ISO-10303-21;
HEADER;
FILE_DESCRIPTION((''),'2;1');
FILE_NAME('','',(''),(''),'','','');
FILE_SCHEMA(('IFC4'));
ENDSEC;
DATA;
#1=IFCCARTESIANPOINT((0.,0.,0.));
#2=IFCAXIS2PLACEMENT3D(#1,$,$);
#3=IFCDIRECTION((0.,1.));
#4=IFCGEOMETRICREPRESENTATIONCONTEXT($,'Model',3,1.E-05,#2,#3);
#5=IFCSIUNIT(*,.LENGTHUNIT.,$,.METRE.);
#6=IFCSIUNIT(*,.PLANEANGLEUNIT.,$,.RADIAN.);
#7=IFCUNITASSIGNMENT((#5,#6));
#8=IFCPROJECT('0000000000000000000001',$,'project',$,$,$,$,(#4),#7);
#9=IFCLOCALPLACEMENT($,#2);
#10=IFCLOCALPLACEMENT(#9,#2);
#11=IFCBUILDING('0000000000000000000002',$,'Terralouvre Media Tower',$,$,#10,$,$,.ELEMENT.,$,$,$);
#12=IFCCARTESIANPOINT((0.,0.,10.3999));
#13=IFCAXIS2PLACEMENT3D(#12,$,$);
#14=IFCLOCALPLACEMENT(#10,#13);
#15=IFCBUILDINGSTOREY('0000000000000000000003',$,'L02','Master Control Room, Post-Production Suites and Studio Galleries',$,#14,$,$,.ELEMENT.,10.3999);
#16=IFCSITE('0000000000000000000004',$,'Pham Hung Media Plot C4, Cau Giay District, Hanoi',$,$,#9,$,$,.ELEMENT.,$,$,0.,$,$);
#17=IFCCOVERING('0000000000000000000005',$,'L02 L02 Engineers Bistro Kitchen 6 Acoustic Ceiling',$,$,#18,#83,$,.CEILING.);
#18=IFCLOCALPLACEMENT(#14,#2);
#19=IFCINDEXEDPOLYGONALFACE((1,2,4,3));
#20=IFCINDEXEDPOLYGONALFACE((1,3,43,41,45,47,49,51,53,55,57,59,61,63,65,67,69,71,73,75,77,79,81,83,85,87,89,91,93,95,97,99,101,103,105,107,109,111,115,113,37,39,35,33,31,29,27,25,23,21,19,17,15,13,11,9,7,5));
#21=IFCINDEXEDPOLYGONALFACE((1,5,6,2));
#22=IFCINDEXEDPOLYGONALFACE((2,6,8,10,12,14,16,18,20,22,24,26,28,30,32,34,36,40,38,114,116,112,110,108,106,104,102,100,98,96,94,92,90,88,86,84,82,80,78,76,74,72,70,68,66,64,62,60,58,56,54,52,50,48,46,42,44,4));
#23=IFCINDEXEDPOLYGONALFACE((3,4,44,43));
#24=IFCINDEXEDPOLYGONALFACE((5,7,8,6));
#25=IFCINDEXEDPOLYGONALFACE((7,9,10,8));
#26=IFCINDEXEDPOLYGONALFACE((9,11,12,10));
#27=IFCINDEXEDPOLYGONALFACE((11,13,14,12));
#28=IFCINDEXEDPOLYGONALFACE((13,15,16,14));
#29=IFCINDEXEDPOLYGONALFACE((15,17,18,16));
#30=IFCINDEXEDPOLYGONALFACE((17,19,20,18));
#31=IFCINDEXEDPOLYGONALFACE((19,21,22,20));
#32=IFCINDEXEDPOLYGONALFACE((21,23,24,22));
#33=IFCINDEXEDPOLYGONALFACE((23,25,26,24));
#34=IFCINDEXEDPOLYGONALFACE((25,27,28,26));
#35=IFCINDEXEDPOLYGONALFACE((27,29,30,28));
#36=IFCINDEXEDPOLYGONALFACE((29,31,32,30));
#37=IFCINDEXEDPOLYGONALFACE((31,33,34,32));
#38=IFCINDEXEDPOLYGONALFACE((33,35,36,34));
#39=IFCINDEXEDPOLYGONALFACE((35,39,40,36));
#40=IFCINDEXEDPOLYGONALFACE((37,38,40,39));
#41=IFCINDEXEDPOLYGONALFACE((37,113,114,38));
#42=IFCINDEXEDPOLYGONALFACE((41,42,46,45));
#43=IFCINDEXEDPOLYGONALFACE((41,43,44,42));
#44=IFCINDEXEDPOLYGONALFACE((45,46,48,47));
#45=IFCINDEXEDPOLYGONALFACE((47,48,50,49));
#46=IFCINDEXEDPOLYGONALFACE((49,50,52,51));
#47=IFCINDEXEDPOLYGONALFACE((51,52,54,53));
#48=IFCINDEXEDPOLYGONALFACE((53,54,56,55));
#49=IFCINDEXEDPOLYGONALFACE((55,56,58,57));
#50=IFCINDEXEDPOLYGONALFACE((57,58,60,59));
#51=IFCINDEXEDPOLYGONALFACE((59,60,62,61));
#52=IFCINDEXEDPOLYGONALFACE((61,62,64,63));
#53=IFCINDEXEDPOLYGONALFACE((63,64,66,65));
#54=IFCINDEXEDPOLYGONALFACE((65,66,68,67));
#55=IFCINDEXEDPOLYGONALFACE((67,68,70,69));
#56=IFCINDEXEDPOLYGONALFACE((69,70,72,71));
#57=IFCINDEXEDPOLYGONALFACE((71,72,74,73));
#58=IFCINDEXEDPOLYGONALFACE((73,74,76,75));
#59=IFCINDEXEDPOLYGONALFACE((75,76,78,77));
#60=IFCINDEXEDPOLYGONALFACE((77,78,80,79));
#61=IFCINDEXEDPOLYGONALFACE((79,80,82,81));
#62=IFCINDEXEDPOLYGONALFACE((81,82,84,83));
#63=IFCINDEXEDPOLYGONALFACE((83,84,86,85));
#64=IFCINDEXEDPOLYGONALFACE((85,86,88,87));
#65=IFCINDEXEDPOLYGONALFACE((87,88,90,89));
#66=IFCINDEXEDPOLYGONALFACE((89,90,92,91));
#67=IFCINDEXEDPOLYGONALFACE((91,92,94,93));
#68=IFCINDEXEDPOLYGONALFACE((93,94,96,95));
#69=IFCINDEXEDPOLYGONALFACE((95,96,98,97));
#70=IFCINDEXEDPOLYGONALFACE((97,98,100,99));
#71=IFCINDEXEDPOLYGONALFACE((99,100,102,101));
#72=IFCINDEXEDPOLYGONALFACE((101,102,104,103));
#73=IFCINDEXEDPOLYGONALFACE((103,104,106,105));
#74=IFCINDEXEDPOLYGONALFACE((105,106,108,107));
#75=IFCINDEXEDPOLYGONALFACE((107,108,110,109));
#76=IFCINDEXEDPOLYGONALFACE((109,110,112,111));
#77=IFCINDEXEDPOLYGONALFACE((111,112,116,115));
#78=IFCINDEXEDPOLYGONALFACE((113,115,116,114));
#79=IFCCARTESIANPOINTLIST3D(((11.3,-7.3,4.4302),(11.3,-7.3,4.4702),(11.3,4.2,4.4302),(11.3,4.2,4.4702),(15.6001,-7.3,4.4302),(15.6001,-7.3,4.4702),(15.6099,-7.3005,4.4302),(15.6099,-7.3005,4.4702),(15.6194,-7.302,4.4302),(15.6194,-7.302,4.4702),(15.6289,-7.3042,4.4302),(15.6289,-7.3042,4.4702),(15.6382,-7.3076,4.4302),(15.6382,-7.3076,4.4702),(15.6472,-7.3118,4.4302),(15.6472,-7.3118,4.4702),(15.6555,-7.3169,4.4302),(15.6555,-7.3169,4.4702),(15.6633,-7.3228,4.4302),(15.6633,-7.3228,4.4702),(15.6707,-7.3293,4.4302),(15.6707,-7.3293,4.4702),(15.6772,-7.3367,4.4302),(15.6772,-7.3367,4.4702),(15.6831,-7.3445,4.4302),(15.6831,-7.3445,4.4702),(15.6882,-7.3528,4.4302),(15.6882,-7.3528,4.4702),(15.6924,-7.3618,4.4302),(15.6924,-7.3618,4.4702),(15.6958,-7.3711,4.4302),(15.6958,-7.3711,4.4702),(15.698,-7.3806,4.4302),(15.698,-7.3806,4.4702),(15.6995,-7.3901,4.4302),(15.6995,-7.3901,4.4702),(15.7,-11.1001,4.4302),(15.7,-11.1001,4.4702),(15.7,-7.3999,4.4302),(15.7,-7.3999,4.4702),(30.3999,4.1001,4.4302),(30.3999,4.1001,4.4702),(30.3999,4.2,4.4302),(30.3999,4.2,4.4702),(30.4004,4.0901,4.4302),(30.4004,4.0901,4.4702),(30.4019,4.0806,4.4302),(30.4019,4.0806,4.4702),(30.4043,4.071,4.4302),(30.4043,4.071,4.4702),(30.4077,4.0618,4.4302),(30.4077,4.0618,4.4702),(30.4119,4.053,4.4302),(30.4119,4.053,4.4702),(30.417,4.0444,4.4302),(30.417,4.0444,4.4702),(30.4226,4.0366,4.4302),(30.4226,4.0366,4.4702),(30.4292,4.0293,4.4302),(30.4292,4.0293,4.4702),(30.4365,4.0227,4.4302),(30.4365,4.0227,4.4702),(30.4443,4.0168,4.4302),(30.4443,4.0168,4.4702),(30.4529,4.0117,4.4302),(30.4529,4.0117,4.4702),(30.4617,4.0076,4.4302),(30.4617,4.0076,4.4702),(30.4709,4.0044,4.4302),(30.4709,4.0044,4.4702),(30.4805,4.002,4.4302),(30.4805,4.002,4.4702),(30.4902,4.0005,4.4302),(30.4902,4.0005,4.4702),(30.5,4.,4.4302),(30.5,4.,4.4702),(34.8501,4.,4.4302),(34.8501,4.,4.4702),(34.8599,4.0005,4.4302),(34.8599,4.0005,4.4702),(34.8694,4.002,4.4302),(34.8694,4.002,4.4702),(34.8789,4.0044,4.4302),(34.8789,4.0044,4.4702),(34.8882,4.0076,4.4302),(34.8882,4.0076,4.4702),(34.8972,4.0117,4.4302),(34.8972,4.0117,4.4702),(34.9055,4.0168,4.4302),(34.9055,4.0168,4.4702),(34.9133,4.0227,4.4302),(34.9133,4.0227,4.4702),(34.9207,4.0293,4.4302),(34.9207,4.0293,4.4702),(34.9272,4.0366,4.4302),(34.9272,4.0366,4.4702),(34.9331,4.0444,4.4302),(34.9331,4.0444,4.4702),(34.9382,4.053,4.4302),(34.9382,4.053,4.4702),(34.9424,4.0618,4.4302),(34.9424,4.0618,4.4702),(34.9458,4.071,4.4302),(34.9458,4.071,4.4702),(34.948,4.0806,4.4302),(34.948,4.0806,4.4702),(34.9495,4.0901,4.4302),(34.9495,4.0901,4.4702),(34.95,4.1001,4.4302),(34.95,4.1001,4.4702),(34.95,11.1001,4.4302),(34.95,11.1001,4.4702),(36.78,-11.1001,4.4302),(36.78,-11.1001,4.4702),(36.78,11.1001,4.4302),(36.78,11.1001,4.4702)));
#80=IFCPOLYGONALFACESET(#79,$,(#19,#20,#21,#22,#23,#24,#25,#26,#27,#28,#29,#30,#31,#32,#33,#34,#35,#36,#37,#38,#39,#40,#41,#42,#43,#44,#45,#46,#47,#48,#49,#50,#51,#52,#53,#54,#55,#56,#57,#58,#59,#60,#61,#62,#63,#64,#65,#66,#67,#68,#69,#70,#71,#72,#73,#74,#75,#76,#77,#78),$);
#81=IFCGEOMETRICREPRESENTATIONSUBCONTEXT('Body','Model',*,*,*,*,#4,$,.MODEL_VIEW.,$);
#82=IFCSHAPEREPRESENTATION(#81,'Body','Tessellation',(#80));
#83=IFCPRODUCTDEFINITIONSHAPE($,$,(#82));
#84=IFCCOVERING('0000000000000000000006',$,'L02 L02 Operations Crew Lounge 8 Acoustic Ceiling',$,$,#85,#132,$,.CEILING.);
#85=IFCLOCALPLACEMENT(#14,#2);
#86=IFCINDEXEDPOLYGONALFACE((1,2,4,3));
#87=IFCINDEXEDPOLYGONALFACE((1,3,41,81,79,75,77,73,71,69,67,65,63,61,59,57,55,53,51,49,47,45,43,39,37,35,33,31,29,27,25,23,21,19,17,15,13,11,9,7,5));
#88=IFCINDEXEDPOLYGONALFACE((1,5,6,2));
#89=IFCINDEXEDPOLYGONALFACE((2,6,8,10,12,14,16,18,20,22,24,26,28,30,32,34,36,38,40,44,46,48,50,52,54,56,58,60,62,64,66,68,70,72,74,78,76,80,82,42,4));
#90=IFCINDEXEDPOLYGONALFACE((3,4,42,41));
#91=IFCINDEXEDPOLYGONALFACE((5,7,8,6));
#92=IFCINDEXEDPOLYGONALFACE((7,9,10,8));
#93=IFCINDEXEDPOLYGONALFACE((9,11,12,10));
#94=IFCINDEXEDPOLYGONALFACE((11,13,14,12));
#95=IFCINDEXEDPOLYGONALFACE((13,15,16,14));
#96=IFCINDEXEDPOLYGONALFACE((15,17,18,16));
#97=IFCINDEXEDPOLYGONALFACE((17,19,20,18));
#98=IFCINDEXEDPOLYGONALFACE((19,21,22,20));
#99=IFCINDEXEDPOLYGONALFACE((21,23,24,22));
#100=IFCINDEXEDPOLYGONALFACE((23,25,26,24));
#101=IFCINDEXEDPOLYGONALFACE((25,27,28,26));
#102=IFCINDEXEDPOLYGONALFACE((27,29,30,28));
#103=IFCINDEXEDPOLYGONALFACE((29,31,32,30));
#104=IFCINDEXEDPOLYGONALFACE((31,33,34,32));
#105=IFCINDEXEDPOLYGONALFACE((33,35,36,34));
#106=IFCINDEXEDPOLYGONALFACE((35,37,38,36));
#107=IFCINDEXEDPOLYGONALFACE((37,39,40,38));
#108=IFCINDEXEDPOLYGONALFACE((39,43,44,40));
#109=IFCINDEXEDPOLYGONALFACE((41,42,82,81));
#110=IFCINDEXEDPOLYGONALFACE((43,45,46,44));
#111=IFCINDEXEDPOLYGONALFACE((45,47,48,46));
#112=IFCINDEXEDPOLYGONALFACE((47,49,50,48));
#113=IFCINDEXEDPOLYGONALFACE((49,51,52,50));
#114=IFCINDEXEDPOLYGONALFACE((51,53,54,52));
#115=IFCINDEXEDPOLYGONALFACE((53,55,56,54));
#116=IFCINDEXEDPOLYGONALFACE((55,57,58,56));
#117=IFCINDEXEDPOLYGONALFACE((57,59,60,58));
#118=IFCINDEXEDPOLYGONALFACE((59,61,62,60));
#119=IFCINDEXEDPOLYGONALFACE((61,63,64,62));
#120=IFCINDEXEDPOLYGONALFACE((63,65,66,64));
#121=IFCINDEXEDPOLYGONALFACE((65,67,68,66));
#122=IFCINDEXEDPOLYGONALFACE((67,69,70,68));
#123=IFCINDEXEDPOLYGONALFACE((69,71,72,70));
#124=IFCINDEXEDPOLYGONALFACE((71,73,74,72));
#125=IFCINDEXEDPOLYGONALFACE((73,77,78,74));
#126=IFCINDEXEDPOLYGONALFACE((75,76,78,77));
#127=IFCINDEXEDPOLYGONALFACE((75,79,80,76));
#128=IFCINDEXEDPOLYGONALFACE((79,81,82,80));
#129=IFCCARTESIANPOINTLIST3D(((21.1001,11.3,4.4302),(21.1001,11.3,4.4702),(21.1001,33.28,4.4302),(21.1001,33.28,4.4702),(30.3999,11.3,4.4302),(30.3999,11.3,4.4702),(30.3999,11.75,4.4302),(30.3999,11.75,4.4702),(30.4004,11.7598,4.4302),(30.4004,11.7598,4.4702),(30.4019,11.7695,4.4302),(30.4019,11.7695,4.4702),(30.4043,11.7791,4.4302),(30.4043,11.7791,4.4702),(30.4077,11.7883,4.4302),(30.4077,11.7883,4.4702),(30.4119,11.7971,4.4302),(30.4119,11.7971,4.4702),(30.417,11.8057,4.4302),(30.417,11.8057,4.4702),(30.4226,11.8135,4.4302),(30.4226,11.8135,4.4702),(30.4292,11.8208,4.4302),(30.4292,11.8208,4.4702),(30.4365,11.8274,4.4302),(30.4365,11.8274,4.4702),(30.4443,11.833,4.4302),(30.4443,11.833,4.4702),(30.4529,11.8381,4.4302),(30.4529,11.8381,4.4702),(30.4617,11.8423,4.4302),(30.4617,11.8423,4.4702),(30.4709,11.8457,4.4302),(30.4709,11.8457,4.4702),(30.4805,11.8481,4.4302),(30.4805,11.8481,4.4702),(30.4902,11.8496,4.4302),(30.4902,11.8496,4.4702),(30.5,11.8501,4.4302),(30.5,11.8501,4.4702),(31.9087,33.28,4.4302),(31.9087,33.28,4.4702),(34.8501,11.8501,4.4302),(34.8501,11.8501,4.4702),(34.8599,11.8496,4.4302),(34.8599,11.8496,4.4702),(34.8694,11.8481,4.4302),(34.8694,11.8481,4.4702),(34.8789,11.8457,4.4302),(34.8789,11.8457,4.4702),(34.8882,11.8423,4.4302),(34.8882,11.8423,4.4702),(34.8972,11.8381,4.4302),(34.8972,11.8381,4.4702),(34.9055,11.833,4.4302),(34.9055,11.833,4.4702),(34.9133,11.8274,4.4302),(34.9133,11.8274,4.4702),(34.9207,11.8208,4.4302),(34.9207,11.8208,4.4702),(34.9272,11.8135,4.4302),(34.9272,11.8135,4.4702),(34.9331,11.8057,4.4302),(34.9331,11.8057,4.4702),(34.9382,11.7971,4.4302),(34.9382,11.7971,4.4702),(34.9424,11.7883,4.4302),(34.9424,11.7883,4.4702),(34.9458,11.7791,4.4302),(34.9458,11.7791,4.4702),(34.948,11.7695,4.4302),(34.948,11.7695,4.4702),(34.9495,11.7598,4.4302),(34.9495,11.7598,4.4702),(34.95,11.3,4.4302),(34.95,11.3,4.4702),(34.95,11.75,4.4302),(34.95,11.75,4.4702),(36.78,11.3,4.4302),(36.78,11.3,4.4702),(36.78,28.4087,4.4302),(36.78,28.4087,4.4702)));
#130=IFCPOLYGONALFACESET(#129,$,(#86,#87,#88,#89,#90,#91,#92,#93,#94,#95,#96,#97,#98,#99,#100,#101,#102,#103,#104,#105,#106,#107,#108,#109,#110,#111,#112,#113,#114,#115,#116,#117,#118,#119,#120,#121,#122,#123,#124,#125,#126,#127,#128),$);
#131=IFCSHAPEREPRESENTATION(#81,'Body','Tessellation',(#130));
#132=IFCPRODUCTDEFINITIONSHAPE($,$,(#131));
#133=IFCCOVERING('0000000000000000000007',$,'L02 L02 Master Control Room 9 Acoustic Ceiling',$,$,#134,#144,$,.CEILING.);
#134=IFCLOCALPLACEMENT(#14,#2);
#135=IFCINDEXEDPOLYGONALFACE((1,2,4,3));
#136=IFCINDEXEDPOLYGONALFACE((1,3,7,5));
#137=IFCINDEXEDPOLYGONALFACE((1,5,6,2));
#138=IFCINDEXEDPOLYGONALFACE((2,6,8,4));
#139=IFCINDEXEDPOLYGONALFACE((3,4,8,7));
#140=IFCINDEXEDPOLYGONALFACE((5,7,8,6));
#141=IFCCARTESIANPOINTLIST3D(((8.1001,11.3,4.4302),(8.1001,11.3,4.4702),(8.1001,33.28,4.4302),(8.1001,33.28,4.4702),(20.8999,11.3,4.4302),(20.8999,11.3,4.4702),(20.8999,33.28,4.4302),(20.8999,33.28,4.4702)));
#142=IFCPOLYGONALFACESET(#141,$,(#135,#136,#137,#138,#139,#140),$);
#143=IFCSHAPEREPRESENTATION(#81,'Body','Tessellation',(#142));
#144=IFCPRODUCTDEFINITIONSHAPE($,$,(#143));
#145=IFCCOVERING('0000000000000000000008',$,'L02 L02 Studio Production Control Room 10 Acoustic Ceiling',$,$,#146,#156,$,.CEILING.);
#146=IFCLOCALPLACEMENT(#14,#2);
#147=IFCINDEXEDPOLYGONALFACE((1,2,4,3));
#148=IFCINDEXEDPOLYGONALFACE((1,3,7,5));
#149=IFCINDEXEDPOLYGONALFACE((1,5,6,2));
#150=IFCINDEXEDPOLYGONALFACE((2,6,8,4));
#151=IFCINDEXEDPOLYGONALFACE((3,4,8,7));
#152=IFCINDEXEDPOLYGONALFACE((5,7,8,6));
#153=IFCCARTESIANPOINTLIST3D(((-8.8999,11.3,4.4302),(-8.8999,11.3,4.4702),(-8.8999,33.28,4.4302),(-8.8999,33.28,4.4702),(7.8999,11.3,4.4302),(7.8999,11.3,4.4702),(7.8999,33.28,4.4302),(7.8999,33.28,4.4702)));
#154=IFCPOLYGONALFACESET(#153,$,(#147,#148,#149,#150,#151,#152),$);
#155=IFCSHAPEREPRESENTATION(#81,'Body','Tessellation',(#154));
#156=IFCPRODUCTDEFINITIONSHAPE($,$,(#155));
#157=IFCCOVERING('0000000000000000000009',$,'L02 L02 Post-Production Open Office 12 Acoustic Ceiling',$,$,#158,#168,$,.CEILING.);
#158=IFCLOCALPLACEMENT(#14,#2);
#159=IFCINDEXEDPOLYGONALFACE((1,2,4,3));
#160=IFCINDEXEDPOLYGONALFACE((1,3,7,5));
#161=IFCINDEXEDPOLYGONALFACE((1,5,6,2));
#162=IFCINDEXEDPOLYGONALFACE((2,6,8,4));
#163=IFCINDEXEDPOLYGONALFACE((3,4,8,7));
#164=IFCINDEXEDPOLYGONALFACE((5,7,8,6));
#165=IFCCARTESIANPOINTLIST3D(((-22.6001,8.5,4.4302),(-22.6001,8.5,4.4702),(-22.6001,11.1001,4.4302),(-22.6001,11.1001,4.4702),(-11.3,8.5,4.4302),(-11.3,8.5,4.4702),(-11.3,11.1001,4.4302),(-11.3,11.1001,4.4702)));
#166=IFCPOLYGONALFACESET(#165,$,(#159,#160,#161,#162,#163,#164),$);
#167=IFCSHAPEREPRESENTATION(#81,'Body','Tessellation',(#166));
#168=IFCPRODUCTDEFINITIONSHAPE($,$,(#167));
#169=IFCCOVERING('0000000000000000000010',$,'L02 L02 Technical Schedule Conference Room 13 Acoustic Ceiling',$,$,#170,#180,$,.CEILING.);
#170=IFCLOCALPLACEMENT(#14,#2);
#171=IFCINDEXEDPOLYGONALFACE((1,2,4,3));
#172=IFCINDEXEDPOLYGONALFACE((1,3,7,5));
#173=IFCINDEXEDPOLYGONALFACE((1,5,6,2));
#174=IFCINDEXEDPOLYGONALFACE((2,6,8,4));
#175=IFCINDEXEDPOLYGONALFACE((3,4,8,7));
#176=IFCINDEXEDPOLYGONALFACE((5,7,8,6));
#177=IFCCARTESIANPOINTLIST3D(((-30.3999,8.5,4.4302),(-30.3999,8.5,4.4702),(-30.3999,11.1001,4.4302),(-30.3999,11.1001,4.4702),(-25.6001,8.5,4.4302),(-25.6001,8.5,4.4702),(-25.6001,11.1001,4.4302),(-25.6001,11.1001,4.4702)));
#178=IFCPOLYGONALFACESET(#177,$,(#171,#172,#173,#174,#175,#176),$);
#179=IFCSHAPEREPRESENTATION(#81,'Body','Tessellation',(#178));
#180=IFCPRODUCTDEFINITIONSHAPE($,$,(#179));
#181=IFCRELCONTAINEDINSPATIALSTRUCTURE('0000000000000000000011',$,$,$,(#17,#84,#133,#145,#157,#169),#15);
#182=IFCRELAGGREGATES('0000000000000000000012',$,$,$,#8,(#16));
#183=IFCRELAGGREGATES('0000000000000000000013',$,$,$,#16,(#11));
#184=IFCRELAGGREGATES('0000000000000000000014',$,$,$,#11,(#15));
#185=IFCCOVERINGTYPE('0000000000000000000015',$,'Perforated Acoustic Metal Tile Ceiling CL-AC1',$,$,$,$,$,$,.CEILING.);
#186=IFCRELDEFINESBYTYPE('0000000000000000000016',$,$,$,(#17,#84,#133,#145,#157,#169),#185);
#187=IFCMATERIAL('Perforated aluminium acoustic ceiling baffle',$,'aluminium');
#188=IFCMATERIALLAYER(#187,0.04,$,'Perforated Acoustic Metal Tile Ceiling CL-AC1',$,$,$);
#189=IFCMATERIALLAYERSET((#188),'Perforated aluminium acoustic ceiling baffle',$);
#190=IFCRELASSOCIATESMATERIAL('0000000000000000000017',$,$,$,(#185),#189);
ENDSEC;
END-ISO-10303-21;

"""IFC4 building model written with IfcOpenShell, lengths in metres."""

from ifc_helpers import new_model, si_unit, direction, frame, origin, place, context, subcontext, project, spatial, polyline, outline, extrude, material, layer, layer_set, type_object, element, save


model = new_model("IFC4")

# Units and contexts
model_context = context("Model", 3, precision=1e-05, world=origin(), true_north=direction((0.0, 1.0)))
body_context = subcontext(model_context, "Body", "Model", "MODEL_VIEW")
ifc_project = project(units=[si_unit("LENGTHUNIT", "METRE"), si_unit("PLANEANGLEUNIT", "RADIAN")], contexts=[model_context])

# Site, building, storey
site_placement = place(None, origin())
site = spatial("IfcSite", under=ifc_project, at=site_placement, Name="Pham Hung Media Plot C4, Cau Giay District, Hanoi", CompositionType="ELEMENT", RefElevation=0.0)
building_placement = place(site_placement, origin())
building = spatial("IfcBuilding", under=site, at=building_placement, Name="Terralouvre Media Tower", CompositionType="ELEMENT")
storey_placement = place(building_placement, frame((0.0, 0.0, 10.3999)))
storey = spatial("IfcBuildingStorey", under=building, at=storey_placement, Name="L02", Description="Master Control Room, Post-Production Suites and Studio Galleries", CompositionType="ELEMENT", Elevation=10.3999)

# Coverings
ifc_material_1 = material(Name="Perforated aluminium acoustic ceiling baffle", Category="aluminium")
ifc_layer_1 = layer(ifc_material_1, 0.04, Name="Perforated Acoustic Metal Tile Ceiling CL-AC1")
ifc_layer_set_1 = layer_set([ifc_layer_1], Name="Perforated aluminium acoustic ceiling baffle")
covering_type_1 = type_object("IfcCoveringType", Name="Perforated Acoustic Metal Tile Ceiling CL-AC1", PredefinedType="CEILING", material=ifc_layer_set_1)
covering_1_placement = place(storey_placement, frame((0.0, 0.0, 4.4302)))
element("IfcCovering", 1, at=covering_1_placement, inside=storey, type_object=covering_type_1, Name="L02 L02 Engineers Bistro Kitchen 6 Acoustic Ceiling", PredefinedType="CEILING", context=body_context, shape_type="SweptSolid", body=[
    extrude(outline(polyline([(34.95, 4.1001), (34.9495, 4.0901), (34.948, 4.0806), (34.9458, 4.071), (34.9424, 4.0618), (34.9382, 4.053), (34.9331, 4.0444), (34.9272, 4.0366), (34.9207, 4.0293), (34.9133, 4.0227), (34.9055, 4.0168), (34.8972, 4.0117), (34.8882, 4.0076), (34.8789, 4.0044), (34.8694, 4.002), (34.8599, 4.0005), (34.8501, 4.0), (30.5, 4.0), (30.4902, 4.0005), (30.4805, 4.002), (30.4709, 4.0044), (30.4617, 4.0076), (30.4529, 4.0117), (30.4443, 4.0168), (30.4365, 4.0227), (30.4292, 4.0293), (30.4226, 4.0366), (30.417, 4.0444), (30.4119, 4.053), (30.4077, 4.0618), (30.4043, 4.071), (30.4019, 4.0806), (30.4004, 4.0901), (30.3999, 4.1001), (30.3999, 4.2), (11.3, 4.2), (11.3, -7.3), (15.6001, -7.3), (15.6099, -7.3005), (15.6194, -7.302), (15.6289, -7.3042), (15.6382, -7.3076), (15.6472, -7.3118), (15.6555, -7.3169), (15.6633, -7.3228), (15.6707, -7.3293), (15.6772, -7.3367), (15.6831, -7.3445), (15.6882, -7.3528), (15.6924, -7.3618), (15.6958, -7.3711), (15.698, -7.3806), (15.6995, -7.3901), (15.7, -7.3999), (15.7, -11.1001), (36.78, -11.1001), (36.78, 11.1001), (34.95, 11.1001), (34.95, 4.1001)])), origin(), (0.0, 0.0, 1.0), 0.04),
])
covering_2_placement = place(storey_placement, frame((0.0, 0.0, 4.4302)))
element("IfcCovering", 2, at=covering_2_placement, inside=storey, type_object=covering_type_1, Name="L02 L02 Operations Crew Lounge 8 Acoustic Ceiling", PredefinedType="CEILING", context=body_context, shape_type="SweptSolid", body=[
    extrude(outline(polyline([(30.3999, 11.3), (30.3999, 11.75), (30.4004, 11.7598), (30.4019, 11.7695), (30.4043, 11.7791), (30.4077, 11.7883), (30.4119, 11.7971), (30.417, 11.8057), (30.4226, 11.8135), (30.4292, 11.8208), (30.4365, 11.8274), (30.4443, 11.833), (30.4529, 11.8381), (30.4617, 11.8423), (30.4709, 11.8457), (30.4805, 11.8481), (30.4902, 11.8496), (30.5, 11.8501), (34.8501, 11.8501), (34.8599, 11.8496), (34.8694, 11.8481), (34.8789, 11.8457), (34.8882, 11.8423), (34.8972, 11.8381), (34.9055, 11.833), (34.9133, 11.8274), (34.9207, 11.8208), (34.9272, 11.8135), (34.9331, 11.8057), (34.9382, 11.7971), (34.9424, 11.7883), (34.9458, 11.7791), (34.948, 11.7695), (34.9495, 11.7598), (34.95, 11.75), (34.95, 11.3), (36.78, 11.3), (36.78, 28.4087), (31.9087, 33.28), (21.1001, 33.28), (21.1001, 11.3), (30.3999, 11.3)])), origin(), (0.0, 0.0, 1.0), 0.04),
])
covering_3_placement = place(storey_placement, frame((0.0, 0.0, 4.4302)))
element("IfcCovering", 3, at=covering_3_placement, inside=storey, type_object=covering_type_1, Name="L02 L02 Master Control Room 9 Acoustic Ceiling", PredefinedType="CEILING", context=body_context, shape_type="SweptSolid", body=[
    extrude(outline(polyline([(20.8999, 11.3), (20.8999, 33.28), (8.1001, 33.28), (8.1001, 11.3), (20.8999, 11.3)])), origin(), (0.0, 0.0, 1.0), 0.04),
])
covering_4_placement = place(storey_placement, frame((0.0, 0.0, 4.4302)))
element("IfcCovering", 4, at=covering_4_placement, inside=storey, type_object=covering_type_1, Name="L02 L02 Studio Production Control Room 10 Acoustic Ceiling", PredefinedType="CEILING", context=body_context, shape_type="SweptSolid", body=[
    extrude(outline(polyline([(7.8999, 11.3), (7.8999, 33.28), (-8.8999, 33.28), (-8.8999, 11.3), (7.8999, 11.3)])), origin(), (0.0, 0.0, 1.0), 0.04),
])
covering_5_placement = place(storey_placement, frame((0.0, 0.0, 4.4302)))
element("IfcCovering", 5, at=covering_5_placement, inside=storey, type_object=covering_type_1, Name="L02 L02 Post-Production Open Office 12 Acoustic Ceiling", PredefinedType="CEILING", context=body_context, shape_type="SweptSolid", body=[
    extrude(outline(polyline([(-22.6001, 8.5), (-11.3, 8.5), (-11.3, 11.1001), (-22.6001, 11.1001), (-22.6001, 8.5)])), origin(), (0.0, 0.0, 1.0), 0.04),
])
covering_6_placement = place(storey_placement, frame((0.0, 0.0, 4.4302)))
element("IfcCovering", 6, at=covering_6_placement, inside=storey, type_object=covering_type_1, Name="L02 L02 Technical Schedule Conference Room 13 Acoustic Ceiling", PredefinedType="CEILING", context=body_context, shape_type="SweptSolid", body=[
    extrude(outline(polyline([(-25.6001, 11.1001), (-30.3999, 11.1001), (-30.3999, 8.5), (-25.6001, 8.5), (-25.6001, 11.1001)])), origin(), (0.0, 0.0, 1.0), 0.04),
])

save(model, "model.ifc")
